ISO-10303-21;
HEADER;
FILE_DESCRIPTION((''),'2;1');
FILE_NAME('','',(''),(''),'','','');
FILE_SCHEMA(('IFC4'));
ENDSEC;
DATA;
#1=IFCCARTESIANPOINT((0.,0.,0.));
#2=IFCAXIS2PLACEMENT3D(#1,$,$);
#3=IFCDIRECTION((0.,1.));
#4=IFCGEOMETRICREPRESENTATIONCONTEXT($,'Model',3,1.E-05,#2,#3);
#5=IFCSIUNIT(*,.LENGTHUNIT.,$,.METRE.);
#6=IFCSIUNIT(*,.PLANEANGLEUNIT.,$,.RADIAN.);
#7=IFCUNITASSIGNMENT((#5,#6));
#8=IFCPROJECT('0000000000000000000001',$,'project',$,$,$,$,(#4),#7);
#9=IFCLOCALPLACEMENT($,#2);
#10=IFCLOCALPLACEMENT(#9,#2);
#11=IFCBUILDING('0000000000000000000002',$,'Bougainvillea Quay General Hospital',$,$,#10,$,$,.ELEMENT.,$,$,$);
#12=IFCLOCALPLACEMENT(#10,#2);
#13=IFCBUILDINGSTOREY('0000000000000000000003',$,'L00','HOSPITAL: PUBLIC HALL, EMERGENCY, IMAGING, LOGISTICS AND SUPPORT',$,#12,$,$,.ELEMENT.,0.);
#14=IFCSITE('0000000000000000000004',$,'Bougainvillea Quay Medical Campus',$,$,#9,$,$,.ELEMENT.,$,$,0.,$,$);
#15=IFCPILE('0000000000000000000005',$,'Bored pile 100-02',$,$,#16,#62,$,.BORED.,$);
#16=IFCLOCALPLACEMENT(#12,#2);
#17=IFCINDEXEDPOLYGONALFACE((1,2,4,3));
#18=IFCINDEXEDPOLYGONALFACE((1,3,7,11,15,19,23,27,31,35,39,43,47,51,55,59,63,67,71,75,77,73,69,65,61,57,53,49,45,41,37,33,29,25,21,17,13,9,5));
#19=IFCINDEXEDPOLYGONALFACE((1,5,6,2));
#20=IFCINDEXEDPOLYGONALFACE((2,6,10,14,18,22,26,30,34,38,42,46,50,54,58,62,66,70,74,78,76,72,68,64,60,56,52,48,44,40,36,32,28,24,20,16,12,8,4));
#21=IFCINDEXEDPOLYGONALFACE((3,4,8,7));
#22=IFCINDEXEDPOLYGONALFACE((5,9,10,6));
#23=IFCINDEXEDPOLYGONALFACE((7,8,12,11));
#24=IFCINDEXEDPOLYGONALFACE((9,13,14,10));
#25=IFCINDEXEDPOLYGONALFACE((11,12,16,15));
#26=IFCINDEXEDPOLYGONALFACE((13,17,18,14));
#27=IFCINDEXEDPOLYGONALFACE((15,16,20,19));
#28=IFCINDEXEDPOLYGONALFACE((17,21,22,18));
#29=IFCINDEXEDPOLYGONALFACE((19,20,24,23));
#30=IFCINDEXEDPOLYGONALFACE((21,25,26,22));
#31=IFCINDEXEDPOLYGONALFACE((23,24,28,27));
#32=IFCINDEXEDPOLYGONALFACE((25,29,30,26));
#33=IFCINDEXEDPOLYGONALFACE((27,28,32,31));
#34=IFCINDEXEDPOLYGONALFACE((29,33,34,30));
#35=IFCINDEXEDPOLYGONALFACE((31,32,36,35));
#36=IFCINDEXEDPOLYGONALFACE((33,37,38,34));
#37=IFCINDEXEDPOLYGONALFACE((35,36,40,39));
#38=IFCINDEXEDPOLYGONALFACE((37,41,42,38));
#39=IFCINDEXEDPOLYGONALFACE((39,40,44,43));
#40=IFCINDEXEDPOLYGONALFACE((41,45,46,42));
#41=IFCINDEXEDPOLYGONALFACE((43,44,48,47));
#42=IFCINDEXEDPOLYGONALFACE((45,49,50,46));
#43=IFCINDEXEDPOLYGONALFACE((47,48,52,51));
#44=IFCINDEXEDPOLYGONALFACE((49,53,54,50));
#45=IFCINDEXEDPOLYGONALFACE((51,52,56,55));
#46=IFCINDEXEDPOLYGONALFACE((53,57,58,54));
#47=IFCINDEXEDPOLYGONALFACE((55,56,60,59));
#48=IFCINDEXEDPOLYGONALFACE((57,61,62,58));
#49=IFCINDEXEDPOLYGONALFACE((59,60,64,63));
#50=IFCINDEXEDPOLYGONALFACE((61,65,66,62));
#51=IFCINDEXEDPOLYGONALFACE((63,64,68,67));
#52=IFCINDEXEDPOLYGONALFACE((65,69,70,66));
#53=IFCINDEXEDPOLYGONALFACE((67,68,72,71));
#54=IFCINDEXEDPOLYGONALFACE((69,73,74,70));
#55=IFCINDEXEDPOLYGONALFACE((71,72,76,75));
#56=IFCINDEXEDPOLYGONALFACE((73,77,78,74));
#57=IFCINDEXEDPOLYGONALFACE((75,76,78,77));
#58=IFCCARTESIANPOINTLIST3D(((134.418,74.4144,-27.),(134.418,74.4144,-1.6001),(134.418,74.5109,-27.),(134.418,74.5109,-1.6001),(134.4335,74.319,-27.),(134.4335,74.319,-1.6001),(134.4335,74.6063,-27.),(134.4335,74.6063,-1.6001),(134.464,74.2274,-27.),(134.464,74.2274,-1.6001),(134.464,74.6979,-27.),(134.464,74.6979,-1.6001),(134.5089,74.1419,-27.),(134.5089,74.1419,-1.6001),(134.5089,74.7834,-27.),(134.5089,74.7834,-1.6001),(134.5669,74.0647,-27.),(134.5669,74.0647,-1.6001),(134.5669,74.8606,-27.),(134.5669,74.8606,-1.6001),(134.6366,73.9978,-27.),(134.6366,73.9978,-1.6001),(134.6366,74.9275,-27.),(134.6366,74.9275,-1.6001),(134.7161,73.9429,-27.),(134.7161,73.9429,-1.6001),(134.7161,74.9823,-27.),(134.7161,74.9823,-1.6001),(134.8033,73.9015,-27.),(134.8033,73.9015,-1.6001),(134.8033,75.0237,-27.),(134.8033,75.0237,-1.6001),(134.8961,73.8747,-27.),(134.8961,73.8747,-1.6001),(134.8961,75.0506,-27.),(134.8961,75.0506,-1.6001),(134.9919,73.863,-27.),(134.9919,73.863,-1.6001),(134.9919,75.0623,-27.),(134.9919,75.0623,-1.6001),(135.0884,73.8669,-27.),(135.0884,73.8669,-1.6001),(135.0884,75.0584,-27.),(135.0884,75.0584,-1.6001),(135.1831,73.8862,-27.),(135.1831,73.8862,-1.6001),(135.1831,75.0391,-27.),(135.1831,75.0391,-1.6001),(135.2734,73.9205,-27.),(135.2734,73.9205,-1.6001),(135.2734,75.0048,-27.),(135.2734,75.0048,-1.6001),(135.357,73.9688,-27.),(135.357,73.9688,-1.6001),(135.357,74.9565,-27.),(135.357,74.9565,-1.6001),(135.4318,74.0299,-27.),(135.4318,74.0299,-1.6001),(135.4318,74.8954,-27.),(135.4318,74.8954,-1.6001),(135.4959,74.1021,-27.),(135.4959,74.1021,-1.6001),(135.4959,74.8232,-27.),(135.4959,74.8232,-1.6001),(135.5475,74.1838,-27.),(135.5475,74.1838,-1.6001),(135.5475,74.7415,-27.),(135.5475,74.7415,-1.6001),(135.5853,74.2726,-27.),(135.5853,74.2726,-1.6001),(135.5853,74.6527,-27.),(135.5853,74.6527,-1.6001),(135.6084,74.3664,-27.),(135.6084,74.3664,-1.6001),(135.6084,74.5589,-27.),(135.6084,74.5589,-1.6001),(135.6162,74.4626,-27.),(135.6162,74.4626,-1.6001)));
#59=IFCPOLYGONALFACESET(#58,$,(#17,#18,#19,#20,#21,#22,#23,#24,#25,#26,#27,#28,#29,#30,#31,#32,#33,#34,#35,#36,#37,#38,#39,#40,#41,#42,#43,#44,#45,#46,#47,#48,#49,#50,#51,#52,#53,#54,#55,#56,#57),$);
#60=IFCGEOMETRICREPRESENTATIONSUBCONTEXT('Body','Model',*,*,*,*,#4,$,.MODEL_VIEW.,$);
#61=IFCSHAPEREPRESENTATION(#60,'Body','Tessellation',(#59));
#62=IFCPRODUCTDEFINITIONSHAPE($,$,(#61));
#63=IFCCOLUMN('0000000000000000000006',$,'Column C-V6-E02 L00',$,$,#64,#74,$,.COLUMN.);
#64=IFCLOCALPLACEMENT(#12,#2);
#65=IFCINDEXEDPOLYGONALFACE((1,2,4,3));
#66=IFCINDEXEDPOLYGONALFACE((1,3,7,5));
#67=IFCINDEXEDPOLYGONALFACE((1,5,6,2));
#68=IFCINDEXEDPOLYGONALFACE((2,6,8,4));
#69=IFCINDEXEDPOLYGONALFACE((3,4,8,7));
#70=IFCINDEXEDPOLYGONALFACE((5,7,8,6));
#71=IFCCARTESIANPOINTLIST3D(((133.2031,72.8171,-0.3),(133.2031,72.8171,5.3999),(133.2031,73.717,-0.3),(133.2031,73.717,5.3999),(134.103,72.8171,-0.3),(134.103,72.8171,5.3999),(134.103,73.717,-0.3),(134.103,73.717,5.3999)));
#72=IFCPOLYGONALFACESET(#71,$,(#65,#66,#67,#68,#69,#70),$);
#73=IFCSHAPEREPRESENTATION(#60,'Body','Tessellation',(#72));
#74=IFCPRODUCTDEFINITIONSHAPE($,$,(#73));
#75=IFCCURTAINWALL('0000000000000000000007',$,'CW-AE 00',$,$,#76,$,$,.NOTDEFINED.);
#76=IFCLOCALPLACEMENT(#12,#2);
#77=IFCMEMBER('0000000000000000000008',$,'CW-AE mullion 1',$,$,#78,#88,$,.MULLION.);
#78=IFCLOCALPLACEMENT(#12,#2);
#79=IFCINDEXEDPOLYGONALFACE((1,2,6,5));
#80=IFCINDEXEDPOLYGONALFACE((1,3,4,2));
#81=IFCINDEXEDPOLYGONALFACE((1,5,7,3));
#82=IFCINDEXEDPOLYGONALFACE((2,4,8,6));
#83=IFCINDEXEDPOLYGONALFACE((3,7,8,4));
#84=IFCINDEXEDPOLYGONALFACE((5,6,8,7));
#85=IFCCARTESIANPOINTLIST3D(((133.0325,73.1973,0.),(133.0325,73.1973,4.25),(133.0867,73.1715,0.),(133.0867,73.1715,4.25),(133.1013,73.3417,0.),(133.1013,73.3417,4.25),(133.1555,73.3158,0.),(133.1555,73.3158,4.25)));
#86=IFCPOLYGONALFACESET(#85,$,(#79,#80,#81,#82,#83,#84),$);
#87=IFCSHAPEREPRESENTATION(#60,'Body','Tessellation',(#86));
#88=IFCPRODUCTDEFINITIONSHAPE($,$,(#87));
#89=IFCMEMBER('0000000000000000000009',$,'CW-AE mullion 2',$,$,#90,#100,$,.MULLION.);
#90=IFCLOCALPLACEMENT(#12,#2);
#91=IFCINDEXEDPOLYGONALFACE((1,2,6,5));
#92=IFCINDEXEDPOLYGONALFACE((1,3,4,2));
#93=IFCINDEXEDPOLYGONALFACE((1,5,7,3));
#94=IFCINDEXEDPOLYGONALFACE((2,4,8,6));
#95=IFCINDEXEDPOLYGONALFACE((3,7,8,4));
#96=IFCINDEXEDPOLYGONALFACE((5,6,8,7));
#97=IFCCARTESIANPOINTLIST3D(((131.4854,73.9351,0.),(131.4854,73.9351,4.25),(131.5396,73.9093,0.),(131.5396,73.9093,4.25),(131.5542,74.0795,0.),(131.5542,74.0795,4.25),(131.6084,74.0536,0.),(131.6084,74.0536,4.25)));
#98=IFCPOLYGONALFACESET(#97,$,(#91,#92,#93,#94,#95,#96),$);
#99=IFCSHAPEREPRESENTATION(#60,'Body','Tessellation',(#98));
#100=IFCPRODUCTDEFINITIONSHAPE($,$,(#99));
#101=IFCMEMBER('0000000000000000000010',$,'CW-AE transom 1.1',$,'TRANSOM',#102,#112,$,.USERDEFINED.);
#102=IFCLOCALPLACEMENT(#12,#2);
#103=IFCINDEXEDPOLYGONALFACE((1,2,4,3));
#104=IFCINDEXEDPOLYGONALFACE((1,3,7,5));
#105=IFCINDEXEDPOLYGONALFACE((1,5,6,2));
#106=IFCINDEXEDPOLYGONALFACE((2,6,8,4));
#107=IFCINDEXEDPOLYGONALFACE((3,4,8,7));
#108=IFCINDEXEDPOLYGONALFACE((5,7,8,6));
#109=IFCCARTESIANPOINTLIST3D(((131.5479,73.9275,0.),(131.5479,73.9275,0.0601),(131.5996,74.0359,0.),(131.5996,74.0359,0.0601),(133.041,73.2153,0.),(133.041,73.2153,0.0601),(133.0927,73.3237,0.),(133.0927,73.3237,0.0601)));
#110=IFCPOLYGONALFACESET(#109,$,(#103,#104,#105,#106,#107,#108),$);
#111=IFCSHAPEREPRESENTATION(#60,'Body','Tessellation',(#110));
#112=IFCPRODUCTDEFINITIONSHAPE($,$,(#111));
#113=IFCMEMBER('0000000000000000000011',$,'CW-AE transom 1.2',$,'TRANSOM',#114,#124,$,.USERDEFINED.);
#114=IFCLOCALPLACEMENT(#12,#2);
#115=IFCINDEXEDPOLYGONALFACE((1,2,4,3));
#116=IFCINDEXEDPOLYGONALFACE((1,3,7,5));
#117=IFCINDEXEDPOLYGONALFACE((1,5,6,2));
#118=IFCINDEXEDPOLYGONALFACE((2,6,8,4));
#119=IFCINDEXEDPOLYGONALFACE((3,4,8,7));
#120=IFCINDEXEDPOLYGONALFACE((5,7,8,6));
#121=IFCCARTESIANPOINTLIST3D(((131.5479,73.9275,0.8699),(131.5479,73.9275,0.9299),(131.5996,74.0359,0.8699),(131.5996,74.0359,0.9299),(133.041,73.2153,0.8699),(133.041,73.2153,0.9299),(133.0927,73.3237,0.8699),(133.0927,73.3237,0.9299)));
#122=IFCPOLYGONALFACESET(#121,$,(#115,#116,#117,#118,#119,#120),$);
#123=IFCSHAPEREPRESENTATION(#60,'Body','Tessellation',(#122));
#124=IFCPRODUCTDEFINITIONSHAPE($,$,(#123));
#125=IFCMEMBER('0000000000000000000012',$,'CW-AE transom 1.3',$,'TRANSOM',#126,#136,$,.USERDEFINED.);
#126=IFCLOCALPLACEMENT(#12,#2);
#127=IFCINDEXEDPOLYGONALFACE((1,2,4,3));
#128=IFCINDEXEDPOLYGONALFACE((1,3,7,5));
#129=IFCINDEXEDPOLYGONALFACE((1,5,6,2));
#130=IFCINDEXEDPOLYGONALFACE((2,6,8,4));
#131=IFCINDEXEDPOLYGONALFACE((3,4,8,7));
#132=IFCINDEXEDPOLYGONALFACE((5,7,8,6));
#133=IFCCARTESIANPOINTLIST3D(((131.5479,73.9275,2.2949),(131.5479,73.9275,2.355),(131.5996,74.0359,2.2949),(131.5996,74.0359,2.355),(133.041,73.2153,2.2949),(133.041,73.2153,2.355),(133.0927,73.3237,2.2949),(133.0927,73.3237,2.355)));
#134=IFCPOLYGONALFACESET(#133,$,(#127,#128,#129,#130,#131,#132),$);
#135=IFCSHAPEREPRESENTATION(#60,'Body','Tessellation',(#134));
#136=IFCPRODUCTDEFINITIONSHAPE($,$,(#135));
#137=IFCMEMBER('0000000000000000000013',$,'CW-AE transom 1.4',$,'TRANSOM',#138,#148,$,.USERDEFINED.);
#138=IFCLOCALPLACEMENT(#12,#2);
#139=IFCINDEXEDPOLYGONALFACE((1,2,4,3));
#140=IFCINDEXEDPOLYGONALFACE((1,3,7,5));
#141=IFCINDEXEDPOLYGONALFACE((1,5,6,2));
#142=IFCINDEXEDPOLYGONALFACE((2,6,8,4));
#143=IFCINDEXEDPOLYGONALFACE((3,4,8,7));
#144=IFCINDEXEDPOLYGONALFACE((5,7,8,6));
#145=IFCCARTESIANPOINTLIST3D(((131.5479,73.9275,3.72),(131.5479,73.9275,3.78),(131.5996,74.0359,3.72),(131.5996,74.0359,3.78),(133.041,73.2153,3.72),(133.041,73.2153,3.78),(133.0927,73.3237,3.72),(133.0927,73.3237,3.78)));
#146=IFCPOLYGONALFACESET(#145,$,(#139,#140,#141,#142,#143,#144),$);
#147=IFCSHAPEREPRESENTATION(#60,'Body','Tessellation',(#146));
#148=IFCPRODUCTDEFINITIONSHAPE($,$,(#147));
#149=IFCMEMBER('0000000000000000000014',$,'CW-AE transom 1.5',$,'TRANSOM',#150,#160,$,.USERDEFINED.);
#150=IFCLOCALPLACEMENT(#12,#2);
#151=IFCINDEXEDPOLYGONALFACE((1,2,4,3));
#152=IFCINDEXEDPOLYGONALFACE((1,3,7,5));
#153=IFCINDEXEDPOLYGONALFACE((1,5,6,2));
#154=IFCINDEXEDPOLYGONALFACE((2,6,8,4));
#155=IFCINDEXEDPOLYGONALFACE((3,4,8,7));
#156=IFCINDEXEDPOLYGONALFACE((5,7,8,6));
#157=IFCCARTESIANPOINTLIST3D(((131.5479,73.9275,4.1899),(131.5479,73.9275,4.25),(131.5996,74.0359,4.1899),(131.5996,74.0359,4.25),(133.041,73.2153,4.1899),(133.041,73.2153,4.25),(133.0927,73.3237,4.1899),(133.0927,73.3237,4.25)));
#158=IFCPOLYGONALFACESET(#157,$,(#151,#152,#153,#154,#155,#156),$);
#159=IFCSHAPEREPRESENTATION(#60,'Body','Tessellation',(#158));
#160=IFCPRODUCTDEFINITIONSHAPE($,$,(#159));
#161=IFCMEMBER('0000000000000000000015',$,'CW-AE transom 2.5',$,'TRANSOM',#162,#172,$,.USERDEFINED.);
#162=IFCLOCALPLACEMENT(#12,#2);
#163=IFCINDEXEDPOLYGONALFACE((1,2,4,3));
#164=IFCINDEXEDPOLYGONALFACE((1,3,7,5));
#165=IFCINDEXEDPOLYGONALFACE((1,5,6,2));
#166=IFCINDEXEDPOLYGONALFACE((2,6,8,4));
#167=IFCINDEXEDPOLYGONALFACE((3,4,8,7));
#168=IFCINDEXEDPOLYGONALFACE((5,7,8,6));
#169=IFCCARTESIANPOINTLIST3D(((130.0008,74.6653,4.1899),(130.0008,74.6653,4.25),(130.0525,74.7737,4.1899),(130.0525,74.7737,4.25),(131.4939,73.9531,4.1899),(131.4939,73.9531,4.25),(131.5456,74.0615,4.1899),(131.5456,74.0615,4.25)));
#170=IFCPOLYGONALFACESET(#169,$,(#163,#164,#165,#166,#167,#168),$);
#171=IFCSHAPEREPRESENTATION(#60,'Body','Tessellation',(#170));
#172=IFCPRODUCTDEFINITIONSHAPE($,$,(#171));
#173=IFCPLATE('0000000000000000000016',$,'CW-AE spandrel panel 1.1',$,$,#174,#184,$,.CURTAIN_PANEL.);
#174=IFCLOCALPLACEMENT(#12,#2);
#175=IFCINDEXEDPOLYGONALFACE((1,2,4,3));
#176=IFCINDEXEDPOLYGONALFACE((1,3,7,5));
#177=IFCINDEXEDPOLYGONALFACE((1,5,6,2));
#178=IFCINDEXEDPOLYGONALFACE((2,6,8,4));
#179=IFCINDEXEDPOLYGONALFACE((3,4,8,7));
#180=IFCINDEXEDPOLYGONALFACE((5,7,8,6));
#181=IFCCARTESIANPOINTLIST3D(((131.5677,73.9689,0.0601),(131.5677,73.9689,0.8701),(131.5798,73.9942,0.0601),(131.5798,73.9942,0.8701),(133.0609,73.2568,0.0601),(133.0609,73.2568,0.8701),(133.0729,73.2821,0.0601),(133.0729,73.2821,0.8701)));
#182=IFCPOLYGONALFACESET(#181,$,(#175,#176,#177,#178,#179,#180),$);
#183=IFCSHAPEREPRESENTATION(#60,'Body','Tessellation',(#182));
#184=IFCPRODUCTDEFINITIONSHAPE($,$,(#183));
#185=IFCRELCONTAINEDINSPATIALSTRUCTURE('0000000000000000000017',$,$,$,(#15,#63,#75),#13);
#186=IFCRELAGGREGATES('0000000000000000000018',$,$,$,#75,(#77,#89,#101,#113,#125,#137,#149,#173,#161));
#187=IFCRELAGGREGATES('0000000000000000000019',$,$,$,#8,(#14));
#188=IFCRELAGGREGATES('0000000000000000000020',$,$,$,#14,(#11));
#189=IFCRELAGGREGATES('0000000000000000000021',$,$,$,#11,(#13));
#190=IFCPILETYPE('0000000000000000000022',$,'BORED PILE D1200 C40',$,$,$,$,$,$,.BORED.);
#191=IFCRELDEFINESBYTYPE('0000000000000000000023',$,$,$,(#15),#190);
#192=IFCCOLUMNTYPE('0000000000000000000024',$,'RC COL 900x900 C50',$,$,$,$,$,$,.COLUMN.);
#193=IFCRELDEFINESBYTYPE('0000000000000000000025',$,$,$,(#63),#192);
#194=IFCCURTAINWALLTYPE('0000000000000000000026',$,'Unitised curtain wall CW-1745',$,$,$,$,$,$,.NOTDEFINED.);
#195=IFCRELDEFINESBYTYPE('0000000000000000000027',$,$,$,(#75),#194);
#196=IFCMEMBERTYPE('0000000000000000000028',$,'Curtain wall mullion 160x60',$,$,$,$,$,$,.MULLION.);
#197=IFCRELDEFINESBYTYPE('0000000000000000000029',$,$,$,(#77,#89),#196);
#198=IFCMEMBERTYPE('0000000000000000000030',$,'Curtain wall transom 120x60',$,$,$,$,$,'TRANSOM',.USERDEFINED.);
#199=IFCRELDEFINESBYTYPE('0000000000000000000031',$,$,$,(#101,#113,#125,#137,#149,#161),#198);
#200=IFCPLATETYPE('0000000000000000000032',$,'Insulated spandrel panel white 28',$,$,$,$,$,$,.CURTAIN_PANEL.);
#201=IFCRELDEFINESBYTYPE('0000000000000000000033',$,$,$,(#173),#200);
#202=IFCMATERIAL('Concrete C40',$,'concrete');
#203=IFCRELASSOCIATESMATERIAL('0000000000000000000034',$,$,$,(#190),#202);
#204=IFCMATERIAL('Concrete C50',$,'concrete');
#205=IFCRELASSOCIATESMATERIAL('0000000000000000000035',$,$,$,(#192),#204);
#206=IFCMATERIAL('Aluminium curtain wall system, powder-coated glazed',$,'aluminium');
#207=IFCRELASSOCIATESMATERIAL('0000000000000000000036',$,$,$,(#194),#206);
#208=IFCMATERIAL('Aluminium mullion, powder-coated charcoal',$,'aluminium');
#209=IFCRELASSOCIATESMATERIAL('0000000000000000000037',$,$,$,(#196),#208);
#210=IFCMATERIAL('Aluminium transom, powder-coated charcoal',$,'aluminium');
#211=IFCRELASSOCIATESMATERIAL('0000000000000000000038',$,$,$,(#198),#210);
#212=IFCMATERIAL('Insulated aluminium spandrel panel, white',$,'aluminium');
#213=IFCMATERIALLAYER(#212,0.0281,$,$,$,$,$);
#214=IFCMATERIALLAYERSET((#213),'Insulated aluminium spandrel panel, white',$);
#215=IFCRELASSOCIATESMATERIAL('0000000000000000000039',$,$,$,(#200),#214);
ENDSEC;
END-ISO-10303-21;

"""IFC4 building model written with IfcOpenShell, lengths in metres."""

from ifc_helpers import new_model, si_unit, direction, frame, origin, origin_2d, place, context, subcontext, project, spatial, rectangle, circle, extrude, material, layer, layer_set, material_profile, profile_set, type_object, element, aggregate, save


model = new_model("IFC4")

# Units and contexts
model_context = context("Model", 3, precision=1e-05, world=origin(), true_north=direction((0.0, 1.0)))
body_context = subcontext(model_context, "Body", "Model", "MODEL_VIEW")
ifc_project = project(units=[si_unit("LENGTHUNIT", "METRE"), si_unit("PLANEANGLEUNIT", "RADIAN")], contexts=[model_context])

# Site, building, storey
site_placement = place(None, origin())
site = spatial("IfcSite", under=ifc_project, at=site_placement, Name="Bougainvillea Quay Medical Campus", CompositionType="ELEMENT", RefElevation=0.0)
building_placement = place(site_placement, origin())
building = spatial("IfcBuilding", under=site, at=building_placement, Name="Bougainvillea Quay General Hospital", CompositionType="ELEMENT")
storey_placement = place(building_placement, origin())
storey = spatial("IfcBuildingStorey", under=building, at=storey_placement, Name="L00", Description="HOSPITAL: PUBLIC HALL, EMERGENCY, IMAGING, LOGISTICS AND SUPPORT", CompositionType="ELEMENT", Elevation=0.0)

# Pile
ifc_material_1 = material(Name="Concrete C40", Category="concrete")
ifc_material_profile_1 = material_profile(ifc_material_1, circle(Radius=0.6001, at=origin_2d()))
ifc_profile_set_1 = profile_set([ifc_material_profile_1], Name="Concrete C40")
pile_type = type_object("IfcPileType", Name="BORED PILE D1200 C40", PredefinedType="BORED", material=ifc_profile_set_1)
pile_placement = place(storey_placement, frame((135.0161, 74.4626, -1.6001), z_axis=(0.0, 0.0, -1.0), x_axis=(1.0, 0.0, 0.0)))
element("IfcPile", 1, at=pile_placement, inside=storey, type_object=pile_type, Name="Bored pile 100-02", PredefinedType="BORED", context=body_context, shape_type="SweptSolid", body=[
    extrude(circle(Radius=0.6001, at=origin_2d()), origin(), (0.0, 0.0, 1.0), 25.3999),
])

# Column
ifc_material_2 = material(Name="Concrete C50", Category="concrete")
ifc_material_profile_2 = material_profile(ifc_material_2, rectangle(XDim=0.8999, YDim=0.8999, at=origin_2d()))
ifc_profile_set_2 = profile_set([ifc_material_profile_2], Name="Concrete C50")
column_type = type_object("IfcColumnType", Name="RC COL 900x900 C50", PredefinedType="COLUMN", material=ifc_profile_set_2)
column_placement = place(storey_placement, frame((133.6531, 73.2671, -0.3), z_axis=(0.0, 0.0, 1.0), x_axis=(1.0, 0.0, 0.0)))
element("IfcColumn", 2, at=column_placement, inside=storey, type_object=column_type, Name="Column C-V6-E02 L00", PredefinedType="COLUMN", context=body_context, shape_type="SweptSolid", body=[
    extrude(rectangle(XDim=0.8999, YDim=0.8999, at=origin_2d()), origin(), (0.0, 0.0, 1.0), 5.7),
])

# Curtain wall, members, plate
ifc_material_3 = material(Name="Aluminium curtain wall system, powder-coated glazed", Category="aluminium")
curtain_wall_type = type_object("IfcCurtainWallType", Name="Unitised curtain wall CW-1745", PredefinedType="NOTDEFINED", material=ifc_material_3)
curtain_wall_placement = place(storey_placement, origin())
curtain_wall = element("IfcCurtainWall", 3, at=curtain_wall_placement, inside=storey, type_object=curtain_wall_type, Name="CW-AE 00", PredefinedType="NOTDEFINED")
ifc_material_4 = material(Name="Aluminium mullion, powder-coated charcoal", Category="aluminium")
ifc_material_profile_3 = material_profile(ifc_material_4, rectangle(XDim=0.1599, YDim=0.0601, at=origin_2d()))
ifc_profile_set_3 = profile_set([ifc_material_profile_3], Name="Aluminium mullion, powder-coated charcoal")
member_type_1 = type_object("IfcMemberType", Name="Curtain wall mullion 160x60", PredefinedType="MULLION", material=ifc_profile_set_3)
member_1_placement = place(storey_placement, frame((133.094, 73.2566, 0.0), z_axis=(0.0, 0.0, 1.0), x_axis=(-0.430463, -0.902608, 0.0)))
member_1 = element("IfcMember", 4, at=member_1_placement, type_object=member_type_1, Name="CW-AE mullion 1", PredefinedType="MULLION", context=body_context, shape_type="SweptSolid", body=[
    extrude(rectangle(XDim=0.1599, YDim=0.0601, at=origin_2d()), origin(), (0.0, 0.0, 1.0), 4.25),
])
member_2_placement = place(storey_placement, frame((131.5469, 73.9944, 0.0), z_axis=(0.0, 0.0, 1.0), x_axis=(-0.430463, -0.902608, 0.0)))
member_2 = element("IfcMember", 5, at=member_2_placement, type_object=member_type_1, Name="CW-AE mullion 2", PredefinedType="MULLION", context=body_context, shape_type="SweptSolid", body=[
    extrude(rectangle(XDim=0.1599, YDim=0.0601, at=origin_2d()), origin(), (0.0, 0.0, 1.0), 4.25),
])
ifc_material_5 = material(Name="Aluminium transom, powder-coated charcoal", Category="aluminium")
ifc_material_profile_4 = material_profile(ifc_material_5, rectangle(XDim=0.1201, YDim=0.0601, at=origin_2d()))
ifc_profile_set_4 = profile_set([ifc_material_profile_4], Name="Aluminium transom, powder-coated charcoal")
member_type_2 = type_object("IfcMemberType", Name="Curtain wall transom 120x60", ElementType="TRANSOM", PredefinedType="USERDEFINED", material=ifc_profile_set_4)
member_3_placement = place(storey_placement, frame((133.0669, 73.2695, 0.03), z_axis=(-0.902596, 0.430489, 0.0), x_axis=(-0.430489, -0.902596, 0.0)))
member_3 = element("IfcMember", 6, at=member_3_placement, type_object=member_type_2, Name="CW-AE transom 1.1", ObjectType="TRANSOM", PredefinedType="USERDEFINED", context=body_context, shape_type="SweptSolid", body=[
    extrude(rectangle(XDim=0.1201, YDim=0.0601, at=origin_2d()), origin(), (0.0, 0.0, 1.0), 1.6543),
])
member_4_placement = place(storey_placement, frame((133.0669, 73.2695, 0.8999), z_axis=(-0.902596, 0.430489, 0.0), x_axis=(-0.430489, -0.902596, 0.0)))
member_4 = element("IfcMember", 7, at=member_4_placement, type_object=member_type_2, Name="CW-AE transom 1.2", ObjectType="TRANSOM", PredefinedType="USERDEFINED", context=body_context, shape_type="SweptSolid", body=[
    extrude(rectangle(XDim=0.1201, YDim=0.0601, at=origin_2d()), origin(), (0.0, 0.0, 1.0), 1.6543),
])
member_5_placement = place(storey_placement, frame((133.0669, 73.2695, 2.325), z_axis=(-0.902596, 0.430489, 0.0), x_axis=(-0.430489, -0.902596, 0.0)))
member_5 = element("IfcMember", 8, at=member_5_placement, type_object=member_type_2, Name="CW-AE transom 1.3", ObjectType="TRANSOM", PredefinedType="USERDEFINED", context=body_context, shape_type="SweptSolid", body=[
    extrude(rectangle(XDim=0.1201, YDim=0.0601, at=origin_2d()), origin(), (0.0, 0.0, 1.0), 1.6543),
])
member_6_placement = place(storey_placement, frame((133.0669, 73.2695, 3.75), z_axis=(-0.902596, 0.430489, 0.0), x_axis=(-0.430489, -0.902596, 0.0)))
member_6 = element("IfcMember", 9, at=member_6_placement, type_object=member_type_2, Name="CW-AE transom 1.4", ObjectType="TRANSOM", PredefinedType="USERDEFINED", context=body_context, shape_type="SweptSolid", body=[
    extrude(rectangle(XDim=0.1201, YDim=0.0601, at=origin_2d()), origin(), (0.0, 0.0, 1.0), 1.6543),
])
member_7_placement = place(storey_placement, frame((133.0669, 73.2695, 4.22), z_axis=(-0.902596, 0.430489, 0.0), x_axis=(-0.430489, -0.902596, 0.0)))
member_7 = element("IfcMember", 10, at=member_7_placement, type_object=member_type_2, Name="CW-AE transom 1.5", ObjectType="TRANSOM", PredefinedType="USERDEFINED", context=body_context, shape_type="SweptSolid", body=[
    extrude(rectangle(XDim=0.1201, YDim=0.0601, at=origin_2d()), origin(), (0.0, 0.0, 1.0), 1.6543),
])
member_8_placement = place(storey_placement, frame((131.5198, 74.0073, 4.22), z_axis=(-0.902596, 0.430489, 0.0), x_axis=(-0.430489, -0.902596, 0.0)))
member_8 = element("IfcMember", 11, at=member_8_placement, type_object=member_type_2, Name="CW-AE transom 2.5", ObjectType="TRANSOM", PredefinedType="USERDEFINED", context=body_context, shape_type="SweptSolid", body=[
    extrude(rectangle(XDim=0.1201, YDim=0.0601, at=origin_2d()), origin(), (0.0, 0.0, 1.0), 1.6543),
])
ifc_material_6 = material(Name="Insulated aluminium spandrel panel, white", Category="aluminium")
ifc_layer_1 = layer(ifc_material_6, 0.0281)
ifc_layer_set_1 = layer_set([ifc_layer_1], Name="Insulated aluminium spandrel panel, white")
plate_type_1 = type_object("IfcPlateType", Name="Insulated spandrel panel white 28", PredefinedType="CURTAIN_PANEL", material=ifc_layer_set_1)
plate_1_placement = place(storey_placement, frame((132.3203, 73.6255, 0.0601), z_axis=(0.0, 0.0, 1.0), x_axis=(-0.902608, 0.430463, 0.0)))
plate_1 = element("IfcPlate", 12, at=plate_1_placement, type_object=plate_type_1, Name="CW-AE spandrel panel 1.1", PredefinedType="CURTAIN_PANEL", context=body_context, shape_type="SweptSolid", body=[
    extrude(rectangle(XDim=1.6543, YDim=0.0281, at=origin_2d()), origin(), (0.0, 0.0, 1.0), 0.8101),
])
aggregate(curtain_wall, [member_1, member_2, member_3, member_4, member_5, member_6, member_7, plate_1, member_8])

save(model, "model.ifc")
